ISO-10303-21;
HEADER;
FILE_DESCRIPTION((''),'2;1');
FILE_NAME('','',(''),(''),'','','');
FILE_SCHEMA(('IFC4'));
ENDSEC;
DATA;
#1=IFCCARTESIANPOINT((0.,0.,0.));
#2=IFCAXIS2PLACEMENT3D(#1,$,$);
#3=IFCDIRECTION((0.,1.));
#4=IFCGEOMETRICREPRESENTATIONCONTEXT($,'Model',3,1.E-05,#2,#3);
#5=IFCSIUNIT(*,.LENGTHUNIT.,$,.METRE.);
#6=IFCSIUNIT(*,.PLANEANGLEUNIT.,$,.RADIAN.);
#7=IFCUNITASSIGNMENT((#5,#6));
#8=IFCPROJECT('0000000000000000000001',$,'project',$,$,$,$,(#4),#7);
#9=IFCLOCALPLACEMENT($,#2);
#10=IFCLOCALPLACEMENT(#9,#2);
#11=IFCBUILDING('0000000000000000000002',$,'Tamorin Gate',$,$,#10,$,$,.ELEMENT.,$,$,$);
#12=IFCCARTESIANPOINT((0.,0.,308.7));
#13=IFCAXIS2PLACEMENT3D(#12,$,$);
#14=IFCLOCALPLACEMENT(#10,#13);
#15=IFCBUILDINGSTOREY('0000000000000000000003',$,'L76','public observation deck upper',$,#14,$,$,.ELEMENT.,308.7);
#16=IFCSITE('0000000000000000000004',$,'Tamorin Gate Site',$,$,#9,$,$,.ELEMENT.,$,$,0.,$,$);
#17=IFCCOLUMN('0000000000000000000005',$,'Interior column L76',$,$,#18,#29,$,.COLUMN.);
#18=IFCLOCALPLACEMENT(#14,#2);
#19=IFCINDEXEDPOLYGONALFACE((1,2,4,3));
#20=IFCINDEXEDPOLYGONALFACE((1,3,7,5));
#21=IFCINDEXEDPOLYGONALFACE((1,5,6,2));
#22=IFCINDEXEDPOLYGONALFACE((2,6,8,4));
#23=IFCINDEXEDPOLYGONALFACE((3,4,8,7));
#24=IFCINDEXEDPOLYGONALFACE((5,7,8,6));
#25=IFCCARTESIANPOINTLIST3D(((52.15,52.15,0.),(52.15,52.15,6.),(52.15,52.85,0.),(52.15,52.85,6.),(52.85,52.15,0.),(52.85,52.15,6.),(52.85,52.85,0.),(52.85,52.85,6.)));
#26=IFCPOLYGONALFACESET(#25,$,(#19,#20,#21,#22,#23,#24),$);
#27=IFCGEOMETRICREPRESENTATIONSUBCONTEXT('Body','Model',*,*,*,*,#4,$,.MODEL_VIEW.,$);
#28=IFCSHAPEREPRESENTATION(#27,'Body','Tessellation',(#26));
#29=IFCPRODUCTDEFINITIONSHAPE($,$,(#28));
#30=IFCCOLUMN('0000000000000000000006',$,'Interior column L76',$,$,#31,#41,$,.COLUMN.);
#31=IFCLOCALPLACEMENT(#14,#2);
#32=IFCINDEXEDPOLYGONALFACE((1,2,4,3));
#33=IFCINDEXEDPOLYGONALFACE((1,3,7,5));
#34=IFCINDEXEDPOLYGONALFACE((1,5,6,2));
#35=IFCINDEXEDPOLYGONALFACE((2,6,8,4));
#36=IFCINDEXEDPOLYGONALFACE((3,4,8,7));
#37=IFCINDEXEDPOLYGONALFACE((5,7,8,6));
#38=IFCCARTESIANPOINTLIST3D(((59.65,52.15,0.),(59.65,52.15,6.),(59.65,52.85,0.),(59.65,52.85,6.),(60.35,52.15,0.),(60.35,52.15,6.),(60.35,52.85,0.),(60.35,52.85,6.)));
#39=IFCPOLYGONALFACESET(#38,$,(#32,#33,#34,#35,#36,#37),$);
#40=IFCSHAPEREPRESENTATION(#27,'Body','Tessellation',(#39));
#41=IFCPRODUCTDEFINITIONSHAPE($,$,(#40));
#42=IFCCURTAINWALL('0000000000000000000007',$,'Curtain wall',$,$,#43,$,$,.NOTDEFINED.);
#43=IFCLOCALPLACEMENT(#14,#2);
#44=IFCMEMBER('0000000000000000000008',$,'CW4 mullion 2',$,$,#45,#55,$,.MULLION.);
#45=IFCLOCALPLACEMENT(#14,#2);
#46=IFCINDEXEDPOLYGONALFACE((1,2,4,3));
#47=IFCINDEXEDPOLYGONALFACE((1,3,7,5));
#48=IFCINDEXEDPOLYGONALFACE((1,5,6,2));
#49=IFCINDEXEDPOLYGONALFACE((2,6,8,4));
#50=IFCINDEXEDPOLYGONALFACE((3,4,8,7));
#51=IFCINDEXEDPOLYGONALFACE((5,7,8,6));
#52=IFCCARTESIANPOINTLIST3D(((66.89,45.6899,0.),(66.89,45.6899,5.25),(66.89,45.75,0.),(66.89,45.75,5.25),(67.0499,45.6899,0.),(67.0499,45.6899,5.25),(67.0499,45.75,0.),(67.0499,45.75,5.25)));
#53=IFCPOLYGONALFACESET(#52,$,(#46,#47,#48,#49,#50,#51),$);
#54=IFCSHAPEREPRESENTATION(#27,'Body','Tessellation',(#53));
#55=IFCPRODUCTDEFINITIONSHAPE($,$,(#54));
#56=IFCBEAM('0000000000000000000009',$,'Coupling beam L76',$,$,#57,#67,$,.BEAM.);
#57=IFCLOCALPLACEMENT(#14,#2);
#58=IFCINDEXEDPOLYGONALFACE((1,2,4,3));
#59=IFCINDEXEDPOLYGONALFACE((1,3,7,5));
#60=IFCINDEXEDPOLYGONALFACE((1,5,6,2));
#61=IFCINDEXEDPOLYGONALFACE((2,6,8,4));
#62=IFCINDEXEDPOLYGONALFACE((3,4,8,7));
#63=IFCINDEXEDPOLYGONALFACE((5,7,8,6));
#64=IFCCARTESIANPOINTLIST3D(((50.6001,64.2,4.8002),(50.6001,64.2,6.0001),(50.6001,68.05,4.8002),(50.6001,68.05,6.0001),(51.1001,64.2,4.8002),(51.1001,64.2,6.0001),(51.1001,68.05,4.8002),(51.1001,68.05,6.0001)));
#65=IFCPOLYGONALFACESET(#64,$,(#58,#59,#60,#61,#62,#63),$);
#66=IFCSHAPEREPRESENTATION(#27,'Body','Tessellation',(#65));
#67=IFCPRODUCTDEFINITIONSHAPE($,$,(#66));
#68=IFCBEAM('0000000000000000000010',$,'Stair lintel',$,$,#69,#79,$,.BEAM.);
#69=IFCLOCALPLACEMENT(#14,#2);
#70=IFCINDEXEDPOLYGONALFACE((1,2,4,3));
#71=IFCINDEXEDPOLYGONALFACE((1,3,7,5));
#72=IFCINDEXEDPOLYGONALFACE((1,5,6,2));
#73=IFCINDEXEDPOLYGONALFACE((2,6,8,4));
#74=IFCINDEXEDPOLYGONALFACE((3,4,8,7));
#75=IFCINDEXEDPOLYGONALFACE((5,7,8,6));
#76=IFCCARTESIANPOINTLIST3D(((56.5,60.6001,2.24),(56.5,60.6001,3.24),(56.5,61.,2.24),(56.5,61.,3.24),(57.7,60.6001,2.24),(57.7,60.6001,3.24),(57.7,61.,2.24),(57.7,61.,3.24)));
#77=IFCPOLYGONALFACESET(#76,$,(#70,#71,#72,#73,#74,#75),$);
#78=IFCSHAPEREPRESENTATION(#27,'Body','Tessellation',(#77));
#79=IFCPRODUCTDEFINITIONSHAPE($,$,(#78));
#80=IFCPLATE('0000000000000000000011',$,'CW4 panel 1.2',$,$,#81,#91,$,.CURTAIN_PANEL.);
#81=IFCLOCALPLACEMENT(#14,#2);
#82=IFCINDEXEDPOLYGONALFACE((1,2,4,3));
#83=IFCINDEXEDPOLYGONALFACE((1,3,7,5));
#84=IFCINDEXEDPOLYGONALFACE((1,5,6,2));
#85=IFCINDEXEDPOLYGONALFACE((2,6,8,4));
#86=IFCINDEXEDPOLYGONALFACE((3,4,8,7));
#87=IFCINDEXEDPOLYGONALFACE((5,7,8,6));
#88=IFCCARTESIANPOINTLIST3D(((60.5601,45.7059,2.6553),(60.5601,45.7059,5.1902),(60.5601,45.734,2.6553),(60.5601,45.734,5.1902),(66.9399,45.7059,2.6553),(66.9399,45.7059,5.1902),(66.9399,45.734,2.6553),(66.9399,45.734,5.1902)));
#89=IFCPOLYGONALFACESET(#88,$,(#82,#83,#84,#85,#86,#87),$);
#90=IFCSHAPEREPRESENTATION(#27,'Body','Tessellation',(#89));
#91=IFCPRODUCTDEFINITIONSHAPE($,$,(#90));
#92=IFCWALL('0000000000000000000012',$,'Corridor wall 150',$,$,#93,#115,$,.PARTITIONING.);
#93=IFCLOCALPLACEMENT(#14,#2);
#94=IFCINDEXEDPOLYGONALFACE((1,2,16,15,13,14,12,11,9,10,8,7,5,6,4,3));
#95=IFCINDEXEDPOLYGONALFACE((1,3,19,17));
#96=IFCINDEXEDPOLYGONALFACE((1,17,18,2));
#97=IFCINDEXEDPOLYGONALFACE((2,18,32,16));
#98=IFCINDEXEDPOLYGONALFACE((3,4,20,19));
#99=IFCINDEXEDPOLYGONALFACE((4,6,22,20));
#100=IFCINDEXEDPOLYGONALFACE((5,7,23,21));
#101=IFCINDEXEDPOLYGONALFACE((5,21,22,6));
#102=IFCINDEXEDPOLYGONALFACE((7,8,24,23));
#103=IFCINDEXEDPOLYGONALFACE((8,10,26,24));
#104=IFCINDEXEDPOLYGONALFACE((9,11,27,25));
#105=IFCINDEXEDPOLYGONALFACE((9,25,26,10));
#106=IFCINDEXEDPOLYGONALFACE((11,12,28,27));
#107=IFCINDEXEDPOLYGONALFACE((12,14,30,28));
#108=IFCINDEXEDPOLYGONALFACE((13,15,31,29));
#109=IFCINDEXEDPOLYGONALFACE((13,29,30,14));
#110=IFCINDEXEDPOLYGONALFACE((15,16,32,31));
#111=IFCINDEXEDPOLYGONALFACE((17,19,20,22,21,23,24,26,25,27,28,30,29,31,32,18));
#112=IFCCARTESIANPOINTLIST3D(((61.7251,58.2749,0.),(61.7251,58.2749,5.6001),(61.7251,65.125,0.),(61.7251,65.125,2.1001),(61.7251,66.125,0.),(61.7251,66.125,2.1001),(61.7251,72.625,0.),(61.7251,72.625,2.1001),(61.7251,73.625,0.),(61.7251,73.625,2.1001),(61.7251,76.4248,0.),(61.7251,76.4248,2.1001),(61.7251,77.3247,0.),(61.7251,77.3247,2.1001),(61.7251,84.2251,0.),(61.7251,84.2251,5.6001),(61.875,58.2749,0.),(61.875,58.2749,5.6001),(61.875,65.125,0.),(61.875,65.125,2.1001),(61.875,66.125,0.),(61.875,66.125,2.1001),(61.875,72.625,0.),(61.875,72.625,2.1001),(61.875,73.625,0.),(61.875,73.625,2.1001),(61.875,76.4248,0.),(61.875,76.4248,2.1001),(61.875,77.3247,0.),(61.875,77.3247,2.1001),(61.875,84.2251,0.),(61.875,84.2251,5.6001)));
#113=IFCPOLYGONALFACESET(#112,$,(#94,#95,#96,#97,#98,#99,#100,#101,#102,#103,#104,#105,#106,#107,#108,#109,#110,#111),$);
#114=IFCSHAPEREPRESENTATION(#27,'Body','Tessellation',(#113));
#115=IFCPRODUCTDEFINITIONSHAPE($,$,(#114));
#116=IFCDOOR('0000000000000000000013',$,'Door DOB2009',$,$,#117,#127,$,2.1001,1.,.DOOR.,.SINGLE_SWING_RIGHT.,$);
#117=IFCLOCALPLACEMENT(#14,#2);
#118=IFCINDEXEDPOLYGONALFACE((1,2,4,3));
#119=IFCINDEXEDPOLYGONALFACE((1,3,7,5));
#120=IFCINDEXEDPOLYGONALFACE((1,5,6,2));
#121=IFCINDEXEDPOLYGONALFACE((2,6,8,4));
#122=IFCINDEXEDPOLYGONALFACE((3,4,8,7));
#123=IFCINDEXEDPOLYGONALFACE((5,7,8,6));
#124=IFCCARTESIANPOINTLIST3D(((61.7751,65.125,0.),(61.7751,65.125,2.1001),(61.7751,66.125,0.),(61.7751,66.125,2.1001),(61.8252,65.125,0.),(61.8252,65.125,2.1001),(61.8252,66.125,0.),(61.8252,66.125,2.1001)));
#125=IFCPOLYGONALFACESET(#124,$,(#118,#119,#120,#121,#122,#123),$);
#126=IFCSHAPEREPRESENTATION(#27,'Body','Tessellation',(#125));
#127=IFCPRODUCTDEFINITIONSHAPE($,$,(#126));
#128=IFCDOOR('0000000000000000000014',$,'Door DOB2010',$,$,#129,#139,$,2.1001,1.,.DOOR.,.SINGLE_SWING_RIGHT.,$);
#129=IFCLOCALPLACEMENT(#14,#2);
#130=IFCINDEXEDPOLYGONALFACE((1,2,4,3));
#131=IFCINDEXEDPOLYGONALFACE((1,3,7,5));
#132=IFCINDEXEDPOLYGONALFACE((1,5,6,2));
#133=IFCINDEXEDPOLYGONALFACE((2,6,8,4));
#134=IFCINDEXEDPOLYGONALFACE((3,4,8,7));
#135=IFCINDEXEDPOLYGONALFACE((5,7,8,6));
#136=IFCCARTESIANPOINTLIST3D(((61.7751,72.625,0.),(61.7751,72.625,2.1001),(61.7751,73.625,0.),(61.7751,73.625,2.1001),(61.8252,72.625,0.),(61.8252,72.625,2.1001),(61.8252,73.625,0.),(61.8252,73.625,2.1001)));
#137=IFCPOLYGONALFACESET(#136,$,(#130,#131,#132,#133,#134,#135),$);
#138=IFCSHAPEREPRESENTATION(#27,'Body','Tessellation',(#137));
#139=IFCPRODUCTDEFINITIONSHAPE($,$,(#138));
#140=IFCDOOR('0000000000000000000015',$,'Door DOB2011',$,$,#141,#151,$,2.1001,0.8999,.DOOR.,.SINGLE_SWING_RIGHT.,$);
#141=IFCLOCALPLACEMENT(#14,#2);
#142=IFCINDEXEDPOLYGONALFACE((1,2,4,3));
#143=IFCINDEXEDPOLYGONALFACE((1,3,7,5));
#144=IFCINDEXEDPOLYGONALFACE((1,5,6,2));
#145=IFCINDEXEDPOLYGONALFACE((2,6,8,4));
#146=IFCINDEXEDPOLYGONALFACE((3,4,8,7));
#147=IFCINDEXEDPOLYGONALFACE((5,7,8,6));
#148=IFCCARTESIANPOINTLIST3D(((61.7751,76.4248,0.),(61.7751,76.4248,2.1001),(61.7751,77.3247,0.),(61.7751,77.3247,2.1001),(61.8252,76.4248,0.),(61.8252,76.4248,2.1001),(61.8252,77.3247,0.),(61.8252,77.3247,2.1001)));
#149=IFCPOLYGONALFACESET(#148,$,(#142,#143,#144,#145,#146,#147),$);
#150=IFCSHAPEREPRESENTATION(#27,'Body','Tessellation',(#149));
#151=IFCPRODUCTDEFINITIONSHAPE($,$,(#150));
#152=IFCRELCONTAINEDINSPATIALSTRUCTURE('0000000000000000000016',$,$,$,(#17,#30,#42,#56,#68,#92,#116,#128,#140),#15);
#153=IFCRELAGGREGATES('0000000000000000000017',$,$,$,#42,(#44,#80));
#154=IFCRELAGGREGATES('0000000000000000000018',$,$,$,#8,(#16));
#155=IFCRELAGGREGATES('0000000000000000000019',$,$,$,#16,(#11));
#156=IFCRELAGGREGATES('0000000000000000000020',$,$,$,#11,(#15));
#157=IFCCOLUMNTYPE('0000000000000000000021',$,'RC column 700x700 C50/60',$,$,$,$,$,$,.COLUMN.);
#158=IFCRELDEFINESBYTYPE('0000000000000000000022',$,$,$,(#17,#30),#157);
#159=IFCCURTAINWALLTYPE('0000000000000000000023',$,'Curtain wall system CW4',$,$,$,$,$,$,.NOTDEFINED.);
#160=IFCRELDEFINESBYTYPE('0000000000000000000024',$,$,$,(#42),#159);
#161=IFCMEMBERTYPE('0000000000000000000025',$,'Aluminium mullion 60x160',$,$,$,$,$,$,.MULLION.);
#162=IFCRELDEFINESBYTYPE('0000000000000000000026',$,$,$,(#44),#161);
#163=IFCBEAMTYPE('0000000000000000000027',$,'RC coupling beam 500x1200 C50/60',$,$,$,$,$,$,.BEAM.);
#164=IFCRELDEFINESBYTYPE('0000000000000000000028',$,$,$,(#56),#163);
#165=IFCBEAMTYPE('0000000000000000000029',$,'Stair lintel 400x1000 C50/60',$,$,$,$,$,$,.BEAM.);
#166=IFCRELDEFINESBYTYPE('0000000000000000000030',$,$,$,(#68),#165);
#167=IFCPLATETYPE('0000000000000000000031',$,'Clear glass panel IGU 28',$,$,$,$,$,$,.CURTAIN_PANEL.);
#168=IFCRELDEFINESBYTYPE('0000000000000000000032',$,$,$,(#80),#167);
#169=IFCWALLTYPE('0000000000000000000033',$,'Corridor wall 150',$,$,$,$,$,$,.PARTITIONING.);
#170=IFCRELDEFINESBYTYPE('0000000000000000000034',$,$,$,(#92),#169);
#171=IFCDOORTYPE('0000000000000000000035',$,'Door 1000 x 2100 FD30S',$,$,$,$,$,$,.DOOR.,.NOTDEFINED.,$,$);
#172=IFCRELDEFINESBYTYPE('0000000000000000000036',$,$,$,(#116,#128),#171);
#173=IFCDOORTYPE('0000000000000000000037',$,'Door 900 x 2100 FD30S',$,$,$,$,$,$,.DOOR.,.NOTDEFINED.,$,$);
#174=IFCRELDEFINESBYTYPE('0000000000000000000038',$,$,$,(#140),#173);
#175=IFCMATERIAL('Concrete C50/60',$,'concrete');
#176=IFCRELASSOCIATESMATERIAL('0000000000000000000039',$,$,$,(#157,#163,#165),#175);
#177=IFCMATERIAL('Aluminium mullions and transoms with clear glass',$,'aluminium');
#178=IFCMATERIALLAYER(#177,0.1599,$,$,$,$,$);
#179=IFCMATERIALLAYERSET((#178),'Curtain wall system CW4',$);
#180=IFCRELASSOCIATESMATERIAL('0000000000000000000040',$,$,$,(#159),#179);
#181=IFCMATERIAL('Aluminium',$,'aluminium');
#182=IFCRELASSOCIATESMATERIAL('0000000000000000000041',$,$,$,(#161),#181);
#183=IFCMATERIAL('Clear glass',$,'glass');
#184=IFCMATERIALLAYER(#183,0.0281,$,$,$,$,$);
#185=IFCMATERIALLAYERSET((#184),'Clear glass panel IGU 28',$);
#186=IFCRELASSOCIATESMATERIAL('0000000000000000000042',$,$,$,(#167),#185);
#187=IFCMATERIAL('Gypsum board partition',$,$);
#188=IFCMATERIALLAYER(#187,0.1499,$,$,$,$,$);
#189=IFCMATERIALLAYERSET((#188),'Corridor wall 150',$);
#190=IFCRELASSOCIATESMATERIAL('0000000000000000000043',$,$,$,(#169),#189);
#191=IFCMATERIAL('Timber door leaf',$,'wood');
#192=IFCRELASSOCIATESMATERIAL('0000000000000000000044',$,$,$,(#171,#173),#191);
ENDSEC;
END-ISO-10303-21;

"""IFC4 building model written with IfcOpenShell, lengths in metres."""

from ifc_helpers import new_model, si_unit, direction, frame, frame_2d, origin, origin_2d, place, context, subcontext, project, spatial, rectangle, extrude, material, layer, layer_set, material_profile, profile_set, type_object, element, fill, aggregate, save


model = new_model("IFC4")

# Units and contexts
model_context = context("Model", 3, precision=1e-05, world=origin(), true_north=direction((0.0, 1.0)))
body_context = subcontext(model_context, "Body", "Model", "MODEL_VIEW")
ifc_project = project(units=[si_unit("LENGTHUNIT", "METRE"), si_unit("PLANEANGLEUNIT", "RADIAN")], contexts=[model_context])

# Site, building, storey
site_placement = place(None, origin())
site = spatial("IfcSite", under=ifc_project, at=site_placement, Name="Tamorin Gate Site", CompositionType="ELEMENT", RefElevation=0.0)
building_placement = place(site_placement, origin())
building = spatial("IfcBuilding", under=site, at=building_placement, Name="Tamorin Gate", CompositionType="ELEMENT")
storey_placement = place(building_placement, frame((0.0, 0.0, 308.7)))
storey = spatial("IfcBuildingStorey", under=building, at=storey_placement, Name="L76", Description="public observation deck upper", CompositionType="ELEMENT", Elevation=308.7)

# Columns
ifc_material_1 = material(Name="Concrete C50/60", Category="concrete")
ifc_material_profile_1 = material_profile(ifc_material_1, rectangle(XDim=0.7, YDim=0.7, at=origin_2d()), Name="RC 700x700")
ifc_profile_set_1 = profile_set([ifc_material_profile_1], Name="Concrete C50/60")
column_type = type_object("IfcColumnType", Name="RC column 700x700 C50/60", PredefinedType="COLUMN", material=ifc_profile_set_1)
for number, where, z_axis, x_axis, name in (
    (1, (52.5, 52.5, 0.0), (0.0, 0.0, 1.0), (1.0, 0.0, 0.0), "Interior column L76"),
    (2, (60.0, 52.5, 0.0), (0.0, 0.0, 1.0), (1.0, 0.0, 0.0), "Interior column L76"),
):
    element("IfcColumn", number, at=place(storey_placement, frame(where, z_axis=z_axis, x_axis=x_axis)), inside=storey, type_object=column_type, Name=name, PredefinedType="COLUMN", context=body_context, shape_type="SweptSolid", body=[
        extrude(rectangle(XDim=0.7, YDim=0.7, at=origin_2d()), origin(), (0.0, 0.0, 1.0), 6.0),
    ])

# Curtain wall, member
ifc_material_2 = material(Name="Aluminium mullions and transoms with clear glass", Category="aluminium")
ifc_layer_1 = layer(ifc_material_2, 0.1599)
ifc_layer_set_1 = layer_set([ifc_layer_1], Name="Curtain wall system CW4")
curtain_wall_type = type_object("IfcCurtainWallType", Name="Curtain wall system CW4", PredefinedType="NOTDEFINED", material=ifc_layer_set_1)
curtain_wall_placement = place(storey_placement, origin())
curtain_wall = element("IfcCurtainWall", 3, at=curtain_wall_placement, inside=storey, type_object=curtain_wall_type, Name="Curtain wall", PredefinedType="NOTDEFINED")
ifc_material_3 = material(Name="Aluminium", Category="aluminium")
ifc_material_profile_2 = material_profile(ifc_material_3, rectangle(XDim=0.0601, YDim=0.1599, at=origin_2d()), Name="RECT 60x160")
ifc_profile_set_2 = profile_set([ifc_material_profile_2], Name="Aluminium")
member_type = type_object("IfcMemberType", Name="Aluminium mullion 60x160", PredefinedType="MULLION", material=ifc_profile_set_2)
member_placement = place(storey_placement, frame((66.97, 45.72, 0.0), z_axis=(0.0, 0.0, 1.0), x_axis=(0.0, 1.0, 0.0)))
member = element("IfcMember", 4, at=member_placement, type_object=member_type, Name="CW4 mullion 2", PredefinedType="MULLION", context=body_context, shape_type="SweptSolid", body=[
    extrude(rectangle(XDim=0.0601, YDim=0.1599, at=origin_2d()), origin(), (0.0, 0.0, 1.0), 5.25),
])

# Beams
ifc_material_profile_3 = material_profile(ifc_material_1, rectangle(XDim=0.5, YDim=1.2, at=origin_2d()), Name="RC 500x1200")
ifc_profile_set_3 = profile_set([ifc_material_profile_3], Name="Concrete C50/60")
beam_type_1 = type_object("IfcBeamType", Name="RC coupling beam 500x1200 C50/60", PredefinedType="BEAM", material=ifc_profile_set_3)
beam_1_placement = place(storey_placement, frame((50.8501, 64.2, 5.4001), z_axis=(0.0, 1.0, 0.0), x_axis=(-1.0, 0.0, 0.0)))
element("IfcBeam", 5, at=beam_1_placement, inside=storey, type_object=beam_type_1, Name="Coupling beam L76", PredefinedType="BEAM", context=body_context, shape_type="SweptSolid", body=[
    extrude(rectangle(XDim=0.5, YDim=1.2, at=origin_2d()), origin(), (0.0, 0.0, 1.0), 3.8501),
])
ifc_material_profile_4 = material_profile(ifc_material_1, rectangle(XDim=0.3999, YDim=1.0, at=origin_2d()))
ifc_profile_set_4 = profile_set([ifc_material_profile_4], Name="Concrete C50/60")
beam_type_2 = type_object("IfcBeamType", Name="Stair lintel 400x1000 C50/60", PredefinedType="BEAM", material=ifc_profile_set_4)
beam_2_placement = place(storey_placement, frame((56.5, 60.8, 2.74), z_axis=(1.0, 0.0, 0.0), x_axis=(0.0, 1.0, 0.0)))
element("IfcBeam", 6, at=beam_2_placement, inside=storey, type_object=beam_type_2, Name="Stair lintel", PredefinedType="BEAM", context=body_context, shape_type="SweptSolid", body=[
    extrude(rectangle(XDim=0.3999, YDim=1.0, at=origin_2d()), origin(), (0.0, 0.0, 1.0), 1.2),
])

# Plate
ifc_material_4 = material(Name="Clear glass", Category="glass")
ifc_layer_2 = layer(ifc_material_4, 0.0281)
ifc_layer_set_2 = layer_set([ifc_layer_2], Name="Clear glass panel IGU 28")
plate_type = type_object("IfcPlateType", Name="Clear glass panel IGU 28", PredefinedType="CURTAIN_PANEL", material=ifc_layer_set_2)
plate_placement = place(storey_placement, frame((63.75, 45.72, 2.6553), z_axis=(0.0, 0.0, 1.0), x_axis=(1.0, 0.0, 0.0)))
plate = element("IfcPlate", 7, at=plate_placement, type_object=plate_type, Name="CW4 panel 1.2", PredefinedType="CURTAIN_PANEL", context=body_context, shape_type="SweptSolid", body=[
    extrude(rectangle(XDim=6.3799, YDim=0.0281, at=origin_2d()), origin(), (0.0, 0.0, 1.0), 2.5349),
])
aggregate(curtain_wall, [member, plate])

# Wall, openings, doors
ifc_material_5 = material(Name="Gypsum board partition")
ifc_layer_3 = layer(ifc_material_5, 0.1499)
ifc_layer_set_3 = layer_set([ifc_layer_3], Name="Corridor wall 150")
wall_type_1 = type_object("IfcWallType", Name="Corridor wall 150", PredefinedType="PARTITIONING", material=ifc_layer_set_3)
wall_1_placement = place(storey_placement, frame((61.8, 58.2749, 0.0), z_axis=(0.0, 0.0, 1.0), x_axis=(0.0, 1.0, 0.0)))
wall_1 = element("IfcWall", 8, at=wall_1_placement, inside=storey, type_object=wall_type_1, Name="Corridor wall 150", PredefinedType="PARTITIONING", context=body_context, shape_type="SweptSolid", body=[
    extrude(rectangle(XDim=25.9502, YDim=0.1499, at=frame_2d((12.9751, 0.0))), origin(), (0.0, 0.0, 1.0), 5.6001),
])
opening_1_placement = place(wall_1_placement, frame((6.8501, 0.0, 0.0)))
opening_1 = element("IfcOpeningElement", 9, at=opening_1_placement, cuts=wall_1, PredefinedType="OPENING", context=body_context, shape_type="SweptSolid", body=[
    extrude(rectangle(XDim=1.0, YDim=2.1001, at=frame_2d((0.5, 1.05))), frame((0.0, 0.085, 0.0), z_axis=(0.0, -1.0, 0.0), x_axis=(1.0, 0.0, 0.0)), (0.0, 0.0, 1.0), 0.1699),
])
opening_2_placement = place(wall_1_placement, frame((14.3501, 0.0, 0.0)))
opening_2 = element("IfcOpeningElement", 10, at=opening_2_placement, cuts=wall_1, PredefinedType="OPENING", context=body_context, shape_type="SweptSolid", body=[
    extrude(rectangle(XDim=1.0, YDim=2.1001, at=frame_2d((0.5, 1.05))), frame((0.0, 0.085, 0.0), z_axis=(0.0, -1.0, 0.0), x_axis=(1.0, 0.0, 0.0)), (0.0, 0.0, 1.0), 0.1699),
])
opening_3_placement = place(wall_1_placement, frame((18.1499, 0.0, 0.0)))
opening_3 = element("IfcOpeningElement", 11, at=opening_3_placement, cuts=wall_1, PredefinedType="OPENING", context=body_context, shape_type="SweptSolid", body=[
    extrude(rectangle(XDim=0.8999, YDim=2.1001, at=frame_2d((0.45, 1.05))), frame((0.0, 0.085, 0.0), z_axis=(0.0, -1.0, 0.0), x_axis=(1.0, 0.0, 0.0)), (0.0, 0.0, 1.0), 0.1699),
])
ifc_material_6 = material(Name="Timber door leaf", Category="wood")
door_type_1 = type_object("IfcDoorType", Name="Door 1000 x 2100 FD30S", OperationType="NOTDEFINED", PredefinedType="DOOR", material=ifc_material_6)
door_1_placement = place(opening_1_placement, origin())
door_1 = element("IfcDoor", 12, at=door_1_placement, inside=storey, type_object=door_type_1, Name="Door DOB2009", OperationType="SINGLE_SWING_RIGHT", OverallHeight=2.1001, OverallWidth=1.0, PredefinedType="DOOR", context=body_context, shape_type="SweptSolid", body=[
    extrude(rectangle(XDim=1.0, YDim=2.1001, at=frame_2d((0.5, 1.05))), frame((0.0, 0.0249, 0.0), z_axis=(0.0, -1.0, 0.0), x_axis=(1.0, 0.0, 0.0)), (0.0, 0.0, 1.0), 0.05),
])
fill(opening_1, door_1)
door_2_placement = place(opening_2_placement, origin())
door_2 = element("IfcDoor", 13, at=door_2_placement, inside=storey, type_object=door_type_1, Name="Door DOB2010", OperationType="SINGLE_SWING_RIGHT", OverallHeight=2.1001, OverallWidth=1.0, PredefinedType="DOOR", context=body_context, shape_type="SweptSolid", body=[
    extrude(rectangle(XDim=1.0, YDim=2.1001, at=frame_2d((0.5, 1.05))), frame((0.0, 0.0249, 0.0), z_axis=(0.0, -1.0, 0.0), x_axis=(1.0, 0.0, 0.0)), (0.0, 0.0, 1.0), 0.05),
])
fill(opening_2, door_2)
door_type_2 = type_object("IfcDoorType", Name="Door 900 x 2100 FD30S", OperationType="NOTDEFINED", PredefinedType="DOOR", material=ifc_material_6)
door_3_placement = place(opening_3_placement, origin())
door_3 = element("IfcDoor", 14, at=door_3_placement, inside=storey, type_object=door_type_2, Name="Door DOB2011", OperationType="SINGLE_SWING_RIGHT", OverallHeight=2.1001, OverallWidth=0.8999, PredefinedType="DOOR", context=body_context, shape_type="SweptSolid", body=[
    extrude(rectangle(XDim=0.8999, YDim=2.1001, at=frame_2d((0.45, 1.05))), frame((0.0, 0.0249, 0.0), z_axis=(0.0, -1.0, 0.0), x_axis=(1.0, 0.0, 0.0)), (0.0, 0.0, 1.0), 0.05),
])
fill(opening_3, door_3)

save(model, "model.ifc")
